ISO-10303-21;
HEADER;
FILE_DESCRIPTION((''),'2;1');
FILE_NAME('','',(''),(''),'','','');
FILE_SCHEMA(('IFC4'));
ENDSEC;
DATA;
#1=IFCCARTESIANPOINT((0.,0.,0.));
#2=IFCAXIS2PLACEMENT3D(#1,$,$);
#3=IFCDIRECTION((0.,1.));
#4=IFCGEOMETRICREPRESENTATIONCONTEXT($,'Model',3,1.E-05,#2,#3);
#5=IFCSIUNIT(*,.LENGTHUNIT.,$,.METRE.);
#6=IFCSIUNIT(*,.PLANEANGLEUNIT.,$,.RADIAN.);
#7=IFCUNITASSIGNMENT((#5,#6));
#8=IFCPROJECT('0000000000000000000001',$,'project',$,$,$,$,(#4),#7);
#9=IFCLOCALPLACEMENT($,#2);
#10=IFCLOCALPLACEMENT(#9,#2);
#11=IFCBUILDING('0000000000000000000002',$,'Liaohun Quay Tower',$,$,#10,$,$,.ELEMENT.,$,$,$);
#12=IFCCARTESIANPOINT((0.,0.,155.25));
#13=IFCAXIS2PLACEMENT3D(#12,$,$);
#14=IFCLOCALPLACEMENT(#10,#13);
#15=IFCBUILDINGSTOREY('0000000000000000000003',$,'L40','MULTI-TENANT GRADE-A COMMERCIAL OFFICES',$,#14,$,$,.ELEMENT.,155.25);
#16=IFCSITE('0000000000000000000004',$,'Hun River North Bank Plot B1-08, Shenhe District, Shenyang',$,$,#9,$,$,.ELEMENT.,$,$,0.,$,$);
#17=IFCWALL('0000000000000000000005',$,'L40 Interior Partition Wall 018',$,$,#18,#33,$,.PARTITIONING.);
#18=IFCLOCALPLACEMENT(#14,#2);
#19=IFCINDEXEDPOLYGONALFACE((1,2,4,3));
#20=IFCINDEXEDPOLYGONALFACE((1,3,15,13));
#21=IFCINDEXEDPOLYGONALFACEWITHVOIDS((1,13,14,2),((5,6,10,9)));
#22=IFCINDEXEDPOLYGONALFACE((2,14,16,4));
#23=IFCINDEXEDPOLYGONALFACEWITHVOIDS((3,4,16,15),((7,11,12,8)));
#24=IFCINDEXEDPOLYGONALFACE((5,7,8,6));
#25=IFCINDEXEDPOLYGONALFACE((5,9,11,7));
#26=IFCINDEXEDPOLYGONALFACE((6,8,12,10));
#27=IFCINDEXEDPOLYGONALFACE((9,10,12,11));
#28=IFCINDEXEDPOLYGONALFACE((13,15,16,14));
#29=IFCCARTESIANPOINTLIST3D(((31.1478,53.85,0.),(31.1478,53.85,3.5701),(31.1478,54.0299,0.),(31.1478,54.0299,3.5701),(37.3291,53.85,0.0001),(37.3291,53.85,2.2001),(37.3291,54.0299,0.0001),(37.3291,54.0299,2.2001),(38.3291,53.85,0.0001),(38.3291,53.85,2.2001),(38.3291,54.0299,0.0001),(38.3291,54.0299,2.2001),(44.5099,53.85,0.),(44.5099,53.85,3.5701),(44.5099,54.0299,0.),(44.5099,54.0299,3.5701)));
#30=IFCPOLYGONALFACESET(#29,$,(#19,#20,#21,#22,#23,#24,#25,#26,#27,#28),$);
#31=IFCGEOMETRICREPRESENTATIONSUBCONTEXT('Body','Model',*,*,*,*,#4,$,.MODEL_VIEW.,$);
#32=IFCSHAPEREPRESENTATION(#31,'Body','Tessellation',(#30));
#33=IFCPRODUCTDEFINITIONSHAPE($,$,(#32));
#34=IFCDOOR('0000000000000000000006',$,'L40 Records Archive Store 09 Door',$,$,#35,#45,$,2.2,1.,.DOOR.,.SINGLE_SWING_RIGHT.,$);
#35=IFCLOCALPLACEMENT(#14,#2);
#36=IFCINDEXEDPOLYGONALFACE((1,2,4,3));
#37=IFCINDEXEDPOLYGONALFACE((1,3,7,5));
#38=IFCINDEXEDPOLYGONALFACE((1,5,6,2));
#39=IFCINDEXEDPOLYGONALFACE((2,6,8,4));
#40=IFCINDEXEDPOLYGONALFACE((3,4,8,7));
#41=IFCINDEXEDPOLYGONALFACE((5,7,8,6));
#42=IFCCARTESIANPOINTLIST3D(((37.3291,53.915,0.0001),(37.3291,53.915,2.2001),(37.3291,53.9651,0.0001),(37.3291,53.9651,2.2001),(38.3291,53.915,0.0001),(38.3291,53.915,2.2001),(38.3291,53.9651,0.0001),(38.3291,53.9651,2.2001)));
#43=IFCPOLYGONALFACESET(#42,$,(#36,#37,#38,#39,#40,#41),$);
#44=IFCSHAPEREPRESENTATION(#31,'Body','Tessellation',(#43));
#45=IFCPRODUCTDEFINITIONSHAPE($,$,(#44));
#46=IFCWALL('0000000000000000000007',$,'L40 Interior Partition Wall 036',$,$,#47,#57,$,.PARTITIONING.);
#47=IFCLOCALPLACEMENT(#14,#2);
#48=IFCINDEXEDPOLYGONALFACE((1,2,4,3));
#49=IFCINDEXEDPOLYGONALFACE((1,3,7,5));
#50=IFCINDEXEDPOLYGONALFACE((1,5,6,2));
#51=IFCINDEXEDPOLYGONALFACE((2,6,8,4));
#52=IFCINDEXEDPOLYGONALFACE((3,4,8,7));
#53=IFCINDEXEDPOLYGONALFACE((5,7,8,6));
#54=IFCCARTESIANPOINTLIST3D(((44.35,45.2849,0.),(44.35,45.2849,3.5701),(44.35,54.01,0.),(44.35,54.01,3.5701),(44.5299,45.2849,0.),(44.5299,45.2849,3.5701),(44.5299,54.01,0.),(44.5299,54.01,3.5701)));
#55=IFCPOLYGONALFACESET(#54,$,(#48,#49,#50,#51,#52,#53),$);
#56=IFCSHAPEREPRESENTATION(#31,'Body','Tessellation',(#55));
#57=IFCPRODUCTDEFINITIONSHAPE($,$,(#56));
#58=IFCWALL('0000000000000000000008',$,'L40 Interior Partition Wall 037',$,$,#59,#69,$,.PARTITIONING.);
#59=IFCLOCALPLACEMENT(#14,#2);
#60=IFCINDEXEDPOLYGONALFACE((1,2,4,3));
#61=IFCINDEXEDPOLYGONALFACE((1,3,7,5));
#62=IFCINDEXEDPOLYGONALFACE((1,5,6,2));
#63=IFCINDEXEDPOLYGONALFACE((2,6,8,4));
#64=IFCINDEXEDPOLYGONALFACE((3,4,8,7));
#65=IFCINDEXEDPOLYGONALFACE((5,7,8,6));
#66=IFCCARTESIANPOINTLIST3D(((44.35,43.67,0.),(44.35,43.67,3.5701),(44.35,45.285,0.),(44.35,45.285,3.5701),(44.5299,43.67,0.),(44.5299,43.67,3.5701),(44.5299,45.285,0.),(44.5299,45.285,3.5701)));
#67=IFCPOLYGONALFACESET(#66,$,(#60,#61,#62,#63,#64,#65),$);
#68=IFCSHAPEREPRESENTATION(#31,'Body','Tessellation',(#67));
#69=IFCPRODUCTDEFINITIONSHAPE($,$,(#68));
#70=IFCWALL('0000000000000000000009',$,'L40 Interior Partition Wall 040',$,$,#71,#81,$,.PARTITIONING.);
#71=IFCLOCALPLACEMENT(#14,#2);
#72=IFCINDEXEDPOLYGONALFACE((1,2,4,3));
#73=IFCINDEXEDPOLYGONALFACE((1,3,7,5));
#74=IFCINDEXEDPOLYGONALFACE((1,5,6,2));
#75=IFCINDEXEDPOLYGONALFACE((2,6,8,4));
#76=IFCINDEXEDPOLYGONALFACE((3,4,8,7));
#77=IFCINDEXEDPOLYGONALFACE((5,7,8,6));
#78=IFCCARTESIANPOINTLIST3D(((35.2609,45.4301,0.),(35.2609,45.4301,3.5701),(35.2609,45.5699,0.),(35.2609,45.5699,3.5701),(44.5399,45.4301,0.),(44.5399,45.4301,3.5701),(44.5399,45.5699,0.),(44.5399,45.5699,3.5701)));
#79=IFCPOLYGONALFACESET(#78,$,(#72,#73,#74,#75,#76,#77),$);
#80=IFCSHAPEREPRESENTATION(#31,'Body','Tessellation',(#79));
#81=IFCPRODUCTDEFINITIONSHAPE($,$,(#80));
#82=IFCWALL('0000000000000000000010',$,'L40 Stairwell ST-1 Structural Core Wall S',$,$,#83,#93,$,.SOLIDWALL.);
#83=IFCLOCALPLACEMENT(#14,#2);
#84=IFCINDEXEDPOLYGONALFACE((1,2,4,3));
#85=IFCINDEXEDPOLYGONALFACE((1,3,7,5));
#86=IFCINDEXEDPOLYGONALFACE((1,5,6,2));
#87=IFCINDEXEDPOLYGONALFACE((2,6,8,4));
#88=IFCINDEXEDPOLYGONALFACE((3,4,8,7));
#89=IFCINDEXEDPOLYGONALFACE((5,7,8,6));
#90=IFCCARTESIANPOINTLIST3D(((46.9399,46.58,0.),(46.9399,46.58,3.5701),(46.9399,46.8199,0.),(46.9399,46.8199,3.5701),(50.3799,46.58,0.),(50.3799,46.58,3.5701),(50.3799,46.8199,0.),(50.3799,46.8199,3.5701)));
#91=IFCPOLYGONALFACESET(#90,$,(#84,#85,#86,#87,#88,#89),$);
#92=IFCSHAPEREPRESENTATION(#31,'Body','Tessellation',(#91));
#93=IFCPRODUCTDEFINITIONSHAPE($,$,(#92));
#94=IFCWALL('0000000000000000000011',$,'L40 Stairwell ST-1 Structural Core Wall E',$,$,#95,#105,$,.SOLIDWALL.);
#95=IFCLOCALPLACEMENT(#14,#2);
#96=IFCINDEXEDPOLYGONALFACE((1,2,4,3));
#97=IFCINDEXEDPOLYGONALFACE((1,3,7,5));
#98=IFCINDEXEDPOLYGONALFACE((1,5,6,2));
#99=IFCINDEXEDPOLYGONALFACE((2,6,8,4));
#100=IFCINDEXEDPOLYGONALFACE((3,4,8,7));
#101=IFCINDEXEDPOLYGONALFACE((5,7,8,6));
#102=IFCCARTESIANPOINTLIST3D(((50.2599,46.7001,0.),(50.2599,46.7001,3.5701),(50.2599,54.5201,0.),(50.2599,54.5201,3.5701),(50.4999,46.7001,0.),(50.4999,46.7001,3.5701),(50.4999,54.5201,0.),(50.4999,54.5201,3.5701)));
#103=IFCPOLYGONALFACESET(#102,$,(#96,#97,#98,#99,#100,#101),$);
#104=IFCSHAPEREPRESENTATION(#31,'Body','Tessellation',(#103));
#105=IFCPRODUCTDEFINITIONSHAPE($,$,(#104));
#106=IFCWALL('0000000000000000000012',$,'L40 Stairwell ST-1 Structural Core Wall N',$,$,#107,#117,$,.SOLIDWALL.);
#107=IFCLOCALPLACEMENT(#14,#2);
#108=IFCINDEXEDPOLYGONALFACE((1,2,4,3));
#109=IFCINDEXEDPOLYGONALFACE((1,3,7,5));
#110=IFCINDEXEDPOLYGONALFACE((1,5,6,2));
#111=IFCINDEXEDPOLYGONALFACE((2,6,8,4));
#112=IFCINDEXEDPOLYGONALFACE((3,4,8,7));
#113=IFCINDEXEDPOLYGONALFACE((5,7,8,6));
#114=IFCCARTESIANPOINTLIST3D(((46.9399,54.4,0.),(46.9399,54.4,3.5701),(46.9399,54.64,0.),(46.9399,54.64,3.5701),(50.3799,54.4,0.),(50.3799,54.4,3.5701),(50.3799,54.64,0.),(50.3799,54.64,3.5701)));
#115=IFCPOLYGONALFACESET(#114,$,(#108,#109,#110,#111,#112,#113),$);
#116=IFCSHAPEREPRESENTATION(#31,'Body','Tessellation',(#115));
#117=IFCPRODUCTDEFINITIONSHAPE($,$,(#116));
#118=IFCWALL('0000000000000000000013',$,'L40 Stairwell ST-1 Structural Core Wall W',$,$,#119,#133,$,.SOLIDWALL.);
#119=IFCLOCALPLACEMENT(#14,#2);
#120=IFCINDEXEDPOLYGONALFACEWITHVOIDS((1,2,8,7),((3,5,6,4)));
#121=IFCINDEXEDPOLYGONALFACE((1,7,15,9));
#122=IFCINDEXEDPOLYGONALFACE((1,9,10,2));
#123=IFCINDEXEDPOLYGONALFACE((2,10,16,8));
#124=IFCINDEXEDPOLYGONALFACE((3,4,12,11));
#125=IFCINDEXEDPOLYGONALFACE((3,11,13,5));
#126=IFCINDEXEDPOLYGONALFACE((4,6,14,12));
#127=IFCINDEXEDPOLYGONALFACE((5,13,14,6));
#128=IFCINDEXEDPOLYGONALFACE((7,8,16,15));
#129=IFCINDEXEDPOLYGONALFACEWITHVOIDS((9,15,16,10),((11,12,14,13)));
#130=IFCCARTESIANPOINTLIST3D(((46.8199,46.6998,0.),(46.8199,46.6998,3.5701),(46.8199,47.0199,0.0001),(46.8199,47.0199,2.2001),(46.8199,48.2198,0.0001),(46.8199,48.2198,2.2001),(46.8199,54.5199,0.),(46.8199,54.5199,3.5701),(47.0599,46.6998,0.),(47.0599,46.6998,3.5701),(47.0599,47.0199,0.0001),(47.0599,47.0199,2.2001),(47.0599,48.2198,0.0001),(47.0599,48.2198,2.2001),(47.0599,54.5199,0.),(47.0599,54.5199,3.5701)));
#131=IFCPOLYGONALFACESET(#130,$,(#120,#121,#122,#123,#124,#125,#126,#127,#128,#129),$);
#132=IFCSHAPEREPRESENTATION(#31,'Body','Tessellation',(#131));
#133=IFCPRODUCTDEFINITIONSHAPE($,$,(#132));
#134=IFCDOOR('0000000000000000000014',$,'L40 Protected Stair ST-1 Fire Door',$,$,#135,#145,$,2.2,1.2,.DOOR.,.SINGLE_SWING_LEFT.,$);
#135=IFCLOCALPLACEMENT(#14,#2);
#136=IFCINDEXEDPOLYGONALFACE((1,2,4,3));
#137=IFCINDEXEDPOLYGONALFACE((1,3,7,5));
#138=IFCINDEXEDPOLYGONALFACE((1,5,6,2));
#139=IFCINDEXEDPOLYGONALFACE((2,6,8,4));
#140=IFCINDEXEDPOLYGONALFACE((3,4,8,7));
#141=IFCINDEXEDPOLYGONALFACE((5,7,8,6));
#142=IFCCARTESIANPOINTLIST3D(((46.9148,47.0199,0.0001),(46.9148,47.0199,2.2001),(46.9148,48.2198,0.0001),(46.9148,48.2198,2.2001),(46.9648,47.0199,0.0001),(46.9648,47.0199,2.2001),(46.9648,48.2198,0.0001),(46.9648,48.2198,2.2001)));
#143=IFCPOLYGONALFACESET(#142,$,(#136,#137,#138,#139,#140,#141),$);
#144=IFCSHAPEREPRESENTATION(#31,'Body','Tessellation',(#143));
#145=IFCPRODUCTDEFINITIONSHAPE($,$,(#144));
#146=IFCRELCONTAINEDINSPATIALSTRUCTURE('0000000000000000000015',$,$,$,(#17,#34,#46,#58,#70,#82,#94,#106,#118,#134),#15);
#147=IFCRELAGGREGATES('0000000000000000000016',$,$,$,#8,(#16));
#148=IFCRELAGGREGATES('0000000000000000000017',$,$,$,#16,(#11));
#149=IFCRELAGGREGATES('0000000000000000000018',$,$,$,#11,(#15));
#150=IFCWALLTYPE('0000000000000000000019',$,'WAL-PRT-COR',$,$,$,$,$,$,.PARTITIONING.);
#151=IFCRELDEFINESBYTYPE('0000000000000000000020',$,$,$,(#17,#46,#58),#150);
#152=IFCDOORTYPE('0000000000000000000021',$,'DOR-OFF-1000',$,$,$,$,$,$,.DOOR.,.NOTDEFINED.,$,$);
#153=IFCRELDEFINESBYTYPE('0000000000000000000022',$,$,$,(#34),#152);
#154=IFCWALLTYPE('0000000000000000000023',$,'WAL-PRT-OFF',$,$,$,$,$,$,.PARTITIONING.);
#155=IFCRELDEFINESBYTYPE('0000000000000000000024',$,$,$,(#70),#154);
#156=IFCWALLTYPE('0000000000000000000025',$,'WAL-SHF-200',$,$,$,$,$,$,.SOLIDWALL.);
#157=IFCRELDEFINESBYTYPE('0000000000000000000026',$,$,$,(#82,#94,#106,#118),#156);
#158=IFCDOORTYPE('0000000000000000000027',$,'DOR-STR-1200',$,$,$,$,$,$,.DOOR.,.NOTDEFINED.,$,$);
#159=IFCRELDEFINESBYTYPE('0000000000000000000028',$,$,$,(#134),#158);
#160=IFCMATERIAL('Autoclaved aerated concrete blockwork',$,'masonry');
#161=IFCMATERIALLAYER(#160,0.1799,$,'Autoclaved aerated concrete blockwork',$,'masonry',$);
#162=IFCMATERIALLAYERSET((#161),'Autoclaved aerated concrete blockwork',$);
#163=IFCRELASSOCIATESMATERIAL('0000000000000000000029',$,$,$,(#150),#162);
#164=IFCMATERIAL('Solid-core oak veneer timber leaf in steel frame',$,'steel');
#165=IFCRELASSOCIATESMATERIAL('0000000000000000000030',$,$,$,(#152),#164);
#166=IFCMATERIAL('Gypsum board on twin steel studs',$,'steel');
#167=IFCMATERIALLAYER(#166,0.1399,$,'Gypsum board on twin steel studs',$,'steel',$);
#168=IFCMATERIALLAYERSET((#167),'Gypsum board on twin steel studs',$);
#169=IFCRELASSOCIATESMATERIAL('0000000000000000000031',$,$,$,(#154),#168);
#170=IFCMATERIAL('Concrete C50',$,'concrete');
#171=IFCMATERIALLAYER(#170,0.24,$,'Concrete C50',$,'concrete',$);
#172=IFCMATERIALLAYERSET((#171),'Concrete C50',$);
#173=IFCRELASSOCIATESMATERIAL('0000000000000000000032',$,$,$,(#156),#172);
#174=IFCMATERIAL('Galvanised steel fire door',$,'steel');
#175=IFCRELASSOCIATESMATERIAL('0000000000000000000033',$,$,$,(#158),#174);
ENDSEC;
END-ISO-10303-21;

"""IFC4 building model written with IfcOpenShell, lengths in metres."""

from ifc_helpers import new_model, si_unit, direction, frame, frame_2d, origin, place, context, subcontext, project, spatial, rectangle, extrude, source, transform, mapped, material, layer, layer_set, type_object, element, fill, save


model = new_model("IFC4")

# Units and contexts
model_context = context("Model", 3, precision=1e-05, world=origin(), true_north=direction((0.0, 1.0)))
body_context = subcontext(model_context, "Body", "Model", "MODEL_VIEW")
ifc_project = project(units=[si_unit("LENGTHUNIT", "METRE"), si_unit("PLANEANGLEUNIT", "RADIAN")], contexts=[model_context])

# Site, building, storey
site_placement = place(None, origin())
site = spatial("IfcSite", under=ifc_project, at=site_placement, Name="Hun River North Bank Plot B1-08, Shenhe District, Shenyang", CompositionType="ELEMENT", RefElevation=0.0)
building_placement = place(site_placement, origin())
building = spatial("IfcBuilding", under=site, at=building_placement, Name="Liaohun Quay Tower", CompositionType="ELEMENT")
storey_placement = place(building_placement, frame((0.0, 0.0, 155.25)))
storey = spatial("IfcBuildingStorey", under=building, at=storey_placement, Name="L40", Description="MULTI-TENANT GRADE-A COMMERCIAL OFFICES", CompositionType="ELEMENT", Elevation=155.25)

# Wall, opening, door
ifc_material_1 = material(Name="Autoclaved aerated concrete blockwork", Category="masonry")
ifc_layer_1 = layer(ifc_material_1, 0.1799, Name="Autoclaved aerated concrete blockwork", Category="masonry")
ifc_layer_set_1 = layer_set([ifc_layer_1], Name="Autoclaved aerated concrete blockwork")
wall_type_1 = type_object("IfcWallType", Name="WAL-PRT-COR", PredefinedType="PARTITIONING", material=ifc_layer_set_1)
wall_1_placement = place(storey_placement, frame((44.51, 53.9399, 0.0), z_axis=(0.0, 0.0, 1.0), x_axis=(-1.0, 0.0, 0.0)))
wall_1 = element("IfcWall", 1, at=wall_1_placement, inside=storey, type_object=wall_type_1, Name="L40 Interior Partition Wall 018", PredefinedType="PARTITIONING", context=body_context, shape_type="SweptSolid", body=[
    extrude(rectangle(XDim=13.3621, YDim=0.1799, at=frame_2d((6.6812, 0.0))), origin(), (0.0, 0.0, 1.0), 3.5701),
])
shared_shape_1 = source(origin(), body_context, "Body", "SweptSolid", [
    extrude(rectangle(XDim=1.0, YDim=2.2, at=frame_2d((0.5, 1.1001))), frame((0.0, 0.0999, 0.0), z_axis=(0.0, -1.0, 0.0), x_axis=(1.0, 0.0, 0.0)), (0.0, 0.0, 1.0), 0.2),
])
opening_1_placement = place(wall_1_placement, frame((6.1809, 0.0, 0.0)))
opening_1 = element("IfcOpeningElement", 2, at=opening_1_placement, cuts=wall_1, PredefinedType="OPENING", context=body_context, shape_type="MappedRepresentation", body=[
    mapped(shared_shape_1, transform((0.0, 0.0, 0.0), x_axis=(1.0, 0.0, 0.0), y_axis=(0.0, 1.0, 0.0), z_axis=(0.0, 0.0, 1.0), scale=1.0)),
])
ifc_material_2 = material(Name="Solid-core oak veneer timber leaf in steel frame", Category="steel")
door_type_1 = type_object("IfcDoorType", Name="DOR-OFF-1000", OperationType="NOTDEFINED", PredefinedType="DOOR", material=ifc_material_2)
shared_shape_2 = source(origin(), body_context, "Body", "SweptSolid", [
    extrude(rectangle(XDim=1.0, YDim=2.2, at=frame_2d((0.5, 1.1001))), frame((0.0, 0.0249, 0.0), z_axis=(0.0, -1.0, 0.0), x_axis=(1.0, 0.0, 0.0)), (0.0, 0.0, 1.0), 0.05),
])
door_1_placement = place(opening_1_placement, origin())
door_1 = element("IfcDoor", 3, at=door_1_placement, inside=storey, type_object=door_type_1, Name="L40 Records Archive Store 09 Door", OperationType="SINGLE_SWING_RIGHT", OverallHeight=2.2, OverallWidth=1.0, PredefinedType="DOOR", context=body_context, shape_type="MappedRepresentation", body=[
    mapped(shared_shape_2, transform((0.0, 0.0, 0.0), x_axis=(1.0, 0.0, 0.0), y_axis=(0.0, 1.0, 0.0), z_axis=(0.0, 0.0, 1.0), scale=1.0)),
])
fill(opening_1, door_1)

# Walls
wall_2_placement = place(storey_placement, frame((44.4399, 45.2849, 0.0), z_axis=(0.0, 0.0, 1.0), x_axis=(0.0, 1.0, 0.0)))
element("IfcWall", 4, at=wall_2_placement, inside=storey, type_object=wall_type_1, Name="L40 Interior Partition Wall 036", PredefinedType="PARTITIONING", context=body_context, shape_type="SweptSolid", body=[
    extrude(rectangle(XDim=8.7251, YDim=0.1799, at=frame_2d((4.3625, 0.0))), origin(), (0.0, 0.0, 1.0), 3.5701),
])
wall_3_placement = place(storey_placement, frame((44.4399, 43.6699, 0.0), z_axis=(0.0, 0.0, 1.0), x_axis=(0.0, 1.0, 0.0)))
element("IfcWall", 5, at=wall_3_placement, inside=storey, type_object=wall_type_1, Name="L40 Interior Partition Wall 037", PredefinedType="PARTITIONING", context=body_context, shape_type="SweptSolid", body=[
    extrude(rectangle(XDim=1.615, YDim=0.1799, at=frame_2d((0.8076, 0.0))), origin(), (0.0, 0.0, 1.0), 3.5701),
])
ifc_material_3 = material(Name="Gypsum board on twin steel studs", Category="steel")
ifc_layer_2 = layer(ifc_material_3, 0.1399, Name="Gypsum board on twin steel studs", Category="steel")
ifc_layer_set_2 = layer_set([ifc_layer_2], Name="Gypsum board on twin steel studs")
wall_type_2 = type_object("IfcWallType", Name="WAL-PRT-OFF", PredefinedType="PARTITIONING", material=ifc_layer_set_2)
wall_4_placement = place(storey_placement, frame((44.54, 45.5, 0.0), z_axis=(0.0, 0.0, 1.0), x_axis=(-1.0, 0.0, 0.0)))
element("IfcWall", 6, at=wall_4_placement, inside=storey, type_object=wall_type_2, Name="L40 Interior Partition Wall 040", PredefinedType="PARTITIONING", context=body_context, shape_type="SweptSolid", body=[
    extrude(rectangle(XDim=9.2791, YDim=0.1399, at=frame_2d((4.6396, 0.0))), origin(), (0.0, 0.0, 1.0), 3.5701),
])
ifc_material_4 = material(Name="Concrete C50", Category="concrete")
ifc_layer_3 = layer(ifc_material_4, 0.24, Name="Concrete C50", Category="concrete")
ifc_layer_set_3 = layer_set([ifc_layer_3], Name="Concrete C50")
wall_type_3 = type_object("IfcWallType", Name="WAL-SHF-200", PredefinedType="SOLIDWALL", material=ifc_layer_set_3)
wall_5_placement = place(storey_placement, frame((46.9399, 46.7, 0.0), z_axis=(0.0, 0.0, 1.0), x_axis=(1.0, 0.0, 0.0)))
element("IfcWall", 7, at=wall_5_placement, inside=storey, type_object=wall_type_3, Name="L40 Stairwell ST-1 Structural Core Wall S", PredefinedType="SOLIDWALL", context=body_context, shape_type="SweptSolid", body=[
    extrude(rectangle(XDim=3.4399, YDim=0.24, at=frame_2d((1.72, 0.0))), origin(), (0.0, 0.0, 1.0), 3.5701),
])
wall_6_placement = place(storey_placement, frame((50.3799, 46.7, 0.0), z_axis=(0.0, 0.0, 1.0), x_axis=(0.0, 1.0, 0.0)))
element("IfcWall", 8, at=wall_6_placement, inside=storey, type_object=wall_type_3, Name="L40 Stairwell ST-1 Structural Core Wall E", PredefinedType="SOLIDWALL", context=body_context, shape_type="SweptSolid", body=[
    extrude(rectangle(XDim=7.8201, YDim=0.24, at=frame_2d((3.9102, 0.0))), origin(), (0.0, 0.0, 1.0), 3.5701),
])
wall_7_placement = place(storey_placement, frame((50.3799, 54.52, 0.0), z_axis=(0.0, 0.0, 1.0), x_axis=(-1.0, 0.0, 0.0)))
element("IfcWall", 9, at=wall_7_placement, inside=storey, type_object=wall_type_3, Name="L40 Stairwell ST-1 Structural Core Wall N", PredefinedType="SOLIDWALL", context=body_context, shape_type="SweptSolid", body=[
    extrude(rectangle(XDim=3.4399, YDim=0.24, at=frame_2d((1.72, 0.0))), origin(), (0.0, 0.0, 1.0), 3.5701),
])

# Wall, opening, door
wall_8_placement = place(storey_placement, frame((46.9399, 54.52, 0.0), z_axis=(0.0, 0.0, 1.0), x_axis=(0.0, -1.0, 0.0)))
wall_8 = element("IfcWall", 10, at=wall_8_placement, inside=storey, type_object=wall_type_3, Name="L40 Stairwell ST-1 Structural Core Wall W", PredefinedType="SOLIDWALL", context=body_context, shape_type="SweptSolid", body=[
    extrude(rectangle(XDim=7.8201, YDim=0.24, at=frame_2d((3.9102, 0.0))), origin(), (0.0, 0.0, 1.0), 3.5701),
])
shared_shape_3 = source(origin(), body_context, "Body", "SweptSolid", [
    extrude(rectangle(XDim=1.2, YDim=2.2, at=frame_2d((0.6001, 1.1001))), frame((0.0, 0.1299, 0.0), z_axis=(0.0, -1.0, 0.0), x_axis=(1.0, 0.0, 0.0)), (0.0, 0.0, 1.0), 0.26),
])
opening_2_placement = place(wall_8_placement, frame((6.3, 0.0, 0.0)))
opening_2 = element("IfcOpeningElement", 11, at=opening_2_placement, cuts=wall_8, PredefinedType="OPENING", context=body_context, shape_type="MappedRepresentation", body=[
    mapped(shared_shape_3, transform((0.0, 0.0, 0.0), x_axis=(1.0, 0.0, 0.0), y_axis=(0.0, 1.0, 0.0), z_axis=(0.0, 0.0, 1.0), scale=1.0)),
])
ifc_material_5 = material(Name="Galvanised steel fire door", Category="steel")
door_type_2 = type_object("IfcDoorType", Name="DOR-STR-1200", OperationType="NOTDEFINED", PredefinedType="DOOR", material=ifc_material_5)
shared_shape_4 = source(origin(), body_context, "Body", "SweptSolid", [
    extrude(rectangle(XDim=1.2, YDim=2.2, at=frame_2d((0.6001, 1.1001))), frame((0.0, 0.0249, 0.0), z_axis=(0.0, -1.0, 0.0), x_axis=(1.0, 0.0, 0.0)), (0.0, 0.0, 1.0), 0.05),
])
door_2_placement = place(opening_2_placement, origin())
door_2 = element("IfcDoor", 12, at=door_2_placement, inside=storey, type_object=door_type_2, Name="L40 Protected Stair ST-1 Fire Door", OperationType="SINGLE_SWING_LEFT", OverallHeight=2.2, OverallWidth=1.2, PredefinedType="DOOR", context=body_context, shape_type="MappedRepresentation", body=[
    mapped(shared_shape_4, transform((0.0, 0.0, 0.0), x_axis=(1.0, 0.0, 0.0), y_axis=(0.0, 1.0, 0.0), z_axis=(0.0, 0.0, 1.0), scale=1.0)),
])
fill(opening_2, door_2)

save(model, "model.ifc")
